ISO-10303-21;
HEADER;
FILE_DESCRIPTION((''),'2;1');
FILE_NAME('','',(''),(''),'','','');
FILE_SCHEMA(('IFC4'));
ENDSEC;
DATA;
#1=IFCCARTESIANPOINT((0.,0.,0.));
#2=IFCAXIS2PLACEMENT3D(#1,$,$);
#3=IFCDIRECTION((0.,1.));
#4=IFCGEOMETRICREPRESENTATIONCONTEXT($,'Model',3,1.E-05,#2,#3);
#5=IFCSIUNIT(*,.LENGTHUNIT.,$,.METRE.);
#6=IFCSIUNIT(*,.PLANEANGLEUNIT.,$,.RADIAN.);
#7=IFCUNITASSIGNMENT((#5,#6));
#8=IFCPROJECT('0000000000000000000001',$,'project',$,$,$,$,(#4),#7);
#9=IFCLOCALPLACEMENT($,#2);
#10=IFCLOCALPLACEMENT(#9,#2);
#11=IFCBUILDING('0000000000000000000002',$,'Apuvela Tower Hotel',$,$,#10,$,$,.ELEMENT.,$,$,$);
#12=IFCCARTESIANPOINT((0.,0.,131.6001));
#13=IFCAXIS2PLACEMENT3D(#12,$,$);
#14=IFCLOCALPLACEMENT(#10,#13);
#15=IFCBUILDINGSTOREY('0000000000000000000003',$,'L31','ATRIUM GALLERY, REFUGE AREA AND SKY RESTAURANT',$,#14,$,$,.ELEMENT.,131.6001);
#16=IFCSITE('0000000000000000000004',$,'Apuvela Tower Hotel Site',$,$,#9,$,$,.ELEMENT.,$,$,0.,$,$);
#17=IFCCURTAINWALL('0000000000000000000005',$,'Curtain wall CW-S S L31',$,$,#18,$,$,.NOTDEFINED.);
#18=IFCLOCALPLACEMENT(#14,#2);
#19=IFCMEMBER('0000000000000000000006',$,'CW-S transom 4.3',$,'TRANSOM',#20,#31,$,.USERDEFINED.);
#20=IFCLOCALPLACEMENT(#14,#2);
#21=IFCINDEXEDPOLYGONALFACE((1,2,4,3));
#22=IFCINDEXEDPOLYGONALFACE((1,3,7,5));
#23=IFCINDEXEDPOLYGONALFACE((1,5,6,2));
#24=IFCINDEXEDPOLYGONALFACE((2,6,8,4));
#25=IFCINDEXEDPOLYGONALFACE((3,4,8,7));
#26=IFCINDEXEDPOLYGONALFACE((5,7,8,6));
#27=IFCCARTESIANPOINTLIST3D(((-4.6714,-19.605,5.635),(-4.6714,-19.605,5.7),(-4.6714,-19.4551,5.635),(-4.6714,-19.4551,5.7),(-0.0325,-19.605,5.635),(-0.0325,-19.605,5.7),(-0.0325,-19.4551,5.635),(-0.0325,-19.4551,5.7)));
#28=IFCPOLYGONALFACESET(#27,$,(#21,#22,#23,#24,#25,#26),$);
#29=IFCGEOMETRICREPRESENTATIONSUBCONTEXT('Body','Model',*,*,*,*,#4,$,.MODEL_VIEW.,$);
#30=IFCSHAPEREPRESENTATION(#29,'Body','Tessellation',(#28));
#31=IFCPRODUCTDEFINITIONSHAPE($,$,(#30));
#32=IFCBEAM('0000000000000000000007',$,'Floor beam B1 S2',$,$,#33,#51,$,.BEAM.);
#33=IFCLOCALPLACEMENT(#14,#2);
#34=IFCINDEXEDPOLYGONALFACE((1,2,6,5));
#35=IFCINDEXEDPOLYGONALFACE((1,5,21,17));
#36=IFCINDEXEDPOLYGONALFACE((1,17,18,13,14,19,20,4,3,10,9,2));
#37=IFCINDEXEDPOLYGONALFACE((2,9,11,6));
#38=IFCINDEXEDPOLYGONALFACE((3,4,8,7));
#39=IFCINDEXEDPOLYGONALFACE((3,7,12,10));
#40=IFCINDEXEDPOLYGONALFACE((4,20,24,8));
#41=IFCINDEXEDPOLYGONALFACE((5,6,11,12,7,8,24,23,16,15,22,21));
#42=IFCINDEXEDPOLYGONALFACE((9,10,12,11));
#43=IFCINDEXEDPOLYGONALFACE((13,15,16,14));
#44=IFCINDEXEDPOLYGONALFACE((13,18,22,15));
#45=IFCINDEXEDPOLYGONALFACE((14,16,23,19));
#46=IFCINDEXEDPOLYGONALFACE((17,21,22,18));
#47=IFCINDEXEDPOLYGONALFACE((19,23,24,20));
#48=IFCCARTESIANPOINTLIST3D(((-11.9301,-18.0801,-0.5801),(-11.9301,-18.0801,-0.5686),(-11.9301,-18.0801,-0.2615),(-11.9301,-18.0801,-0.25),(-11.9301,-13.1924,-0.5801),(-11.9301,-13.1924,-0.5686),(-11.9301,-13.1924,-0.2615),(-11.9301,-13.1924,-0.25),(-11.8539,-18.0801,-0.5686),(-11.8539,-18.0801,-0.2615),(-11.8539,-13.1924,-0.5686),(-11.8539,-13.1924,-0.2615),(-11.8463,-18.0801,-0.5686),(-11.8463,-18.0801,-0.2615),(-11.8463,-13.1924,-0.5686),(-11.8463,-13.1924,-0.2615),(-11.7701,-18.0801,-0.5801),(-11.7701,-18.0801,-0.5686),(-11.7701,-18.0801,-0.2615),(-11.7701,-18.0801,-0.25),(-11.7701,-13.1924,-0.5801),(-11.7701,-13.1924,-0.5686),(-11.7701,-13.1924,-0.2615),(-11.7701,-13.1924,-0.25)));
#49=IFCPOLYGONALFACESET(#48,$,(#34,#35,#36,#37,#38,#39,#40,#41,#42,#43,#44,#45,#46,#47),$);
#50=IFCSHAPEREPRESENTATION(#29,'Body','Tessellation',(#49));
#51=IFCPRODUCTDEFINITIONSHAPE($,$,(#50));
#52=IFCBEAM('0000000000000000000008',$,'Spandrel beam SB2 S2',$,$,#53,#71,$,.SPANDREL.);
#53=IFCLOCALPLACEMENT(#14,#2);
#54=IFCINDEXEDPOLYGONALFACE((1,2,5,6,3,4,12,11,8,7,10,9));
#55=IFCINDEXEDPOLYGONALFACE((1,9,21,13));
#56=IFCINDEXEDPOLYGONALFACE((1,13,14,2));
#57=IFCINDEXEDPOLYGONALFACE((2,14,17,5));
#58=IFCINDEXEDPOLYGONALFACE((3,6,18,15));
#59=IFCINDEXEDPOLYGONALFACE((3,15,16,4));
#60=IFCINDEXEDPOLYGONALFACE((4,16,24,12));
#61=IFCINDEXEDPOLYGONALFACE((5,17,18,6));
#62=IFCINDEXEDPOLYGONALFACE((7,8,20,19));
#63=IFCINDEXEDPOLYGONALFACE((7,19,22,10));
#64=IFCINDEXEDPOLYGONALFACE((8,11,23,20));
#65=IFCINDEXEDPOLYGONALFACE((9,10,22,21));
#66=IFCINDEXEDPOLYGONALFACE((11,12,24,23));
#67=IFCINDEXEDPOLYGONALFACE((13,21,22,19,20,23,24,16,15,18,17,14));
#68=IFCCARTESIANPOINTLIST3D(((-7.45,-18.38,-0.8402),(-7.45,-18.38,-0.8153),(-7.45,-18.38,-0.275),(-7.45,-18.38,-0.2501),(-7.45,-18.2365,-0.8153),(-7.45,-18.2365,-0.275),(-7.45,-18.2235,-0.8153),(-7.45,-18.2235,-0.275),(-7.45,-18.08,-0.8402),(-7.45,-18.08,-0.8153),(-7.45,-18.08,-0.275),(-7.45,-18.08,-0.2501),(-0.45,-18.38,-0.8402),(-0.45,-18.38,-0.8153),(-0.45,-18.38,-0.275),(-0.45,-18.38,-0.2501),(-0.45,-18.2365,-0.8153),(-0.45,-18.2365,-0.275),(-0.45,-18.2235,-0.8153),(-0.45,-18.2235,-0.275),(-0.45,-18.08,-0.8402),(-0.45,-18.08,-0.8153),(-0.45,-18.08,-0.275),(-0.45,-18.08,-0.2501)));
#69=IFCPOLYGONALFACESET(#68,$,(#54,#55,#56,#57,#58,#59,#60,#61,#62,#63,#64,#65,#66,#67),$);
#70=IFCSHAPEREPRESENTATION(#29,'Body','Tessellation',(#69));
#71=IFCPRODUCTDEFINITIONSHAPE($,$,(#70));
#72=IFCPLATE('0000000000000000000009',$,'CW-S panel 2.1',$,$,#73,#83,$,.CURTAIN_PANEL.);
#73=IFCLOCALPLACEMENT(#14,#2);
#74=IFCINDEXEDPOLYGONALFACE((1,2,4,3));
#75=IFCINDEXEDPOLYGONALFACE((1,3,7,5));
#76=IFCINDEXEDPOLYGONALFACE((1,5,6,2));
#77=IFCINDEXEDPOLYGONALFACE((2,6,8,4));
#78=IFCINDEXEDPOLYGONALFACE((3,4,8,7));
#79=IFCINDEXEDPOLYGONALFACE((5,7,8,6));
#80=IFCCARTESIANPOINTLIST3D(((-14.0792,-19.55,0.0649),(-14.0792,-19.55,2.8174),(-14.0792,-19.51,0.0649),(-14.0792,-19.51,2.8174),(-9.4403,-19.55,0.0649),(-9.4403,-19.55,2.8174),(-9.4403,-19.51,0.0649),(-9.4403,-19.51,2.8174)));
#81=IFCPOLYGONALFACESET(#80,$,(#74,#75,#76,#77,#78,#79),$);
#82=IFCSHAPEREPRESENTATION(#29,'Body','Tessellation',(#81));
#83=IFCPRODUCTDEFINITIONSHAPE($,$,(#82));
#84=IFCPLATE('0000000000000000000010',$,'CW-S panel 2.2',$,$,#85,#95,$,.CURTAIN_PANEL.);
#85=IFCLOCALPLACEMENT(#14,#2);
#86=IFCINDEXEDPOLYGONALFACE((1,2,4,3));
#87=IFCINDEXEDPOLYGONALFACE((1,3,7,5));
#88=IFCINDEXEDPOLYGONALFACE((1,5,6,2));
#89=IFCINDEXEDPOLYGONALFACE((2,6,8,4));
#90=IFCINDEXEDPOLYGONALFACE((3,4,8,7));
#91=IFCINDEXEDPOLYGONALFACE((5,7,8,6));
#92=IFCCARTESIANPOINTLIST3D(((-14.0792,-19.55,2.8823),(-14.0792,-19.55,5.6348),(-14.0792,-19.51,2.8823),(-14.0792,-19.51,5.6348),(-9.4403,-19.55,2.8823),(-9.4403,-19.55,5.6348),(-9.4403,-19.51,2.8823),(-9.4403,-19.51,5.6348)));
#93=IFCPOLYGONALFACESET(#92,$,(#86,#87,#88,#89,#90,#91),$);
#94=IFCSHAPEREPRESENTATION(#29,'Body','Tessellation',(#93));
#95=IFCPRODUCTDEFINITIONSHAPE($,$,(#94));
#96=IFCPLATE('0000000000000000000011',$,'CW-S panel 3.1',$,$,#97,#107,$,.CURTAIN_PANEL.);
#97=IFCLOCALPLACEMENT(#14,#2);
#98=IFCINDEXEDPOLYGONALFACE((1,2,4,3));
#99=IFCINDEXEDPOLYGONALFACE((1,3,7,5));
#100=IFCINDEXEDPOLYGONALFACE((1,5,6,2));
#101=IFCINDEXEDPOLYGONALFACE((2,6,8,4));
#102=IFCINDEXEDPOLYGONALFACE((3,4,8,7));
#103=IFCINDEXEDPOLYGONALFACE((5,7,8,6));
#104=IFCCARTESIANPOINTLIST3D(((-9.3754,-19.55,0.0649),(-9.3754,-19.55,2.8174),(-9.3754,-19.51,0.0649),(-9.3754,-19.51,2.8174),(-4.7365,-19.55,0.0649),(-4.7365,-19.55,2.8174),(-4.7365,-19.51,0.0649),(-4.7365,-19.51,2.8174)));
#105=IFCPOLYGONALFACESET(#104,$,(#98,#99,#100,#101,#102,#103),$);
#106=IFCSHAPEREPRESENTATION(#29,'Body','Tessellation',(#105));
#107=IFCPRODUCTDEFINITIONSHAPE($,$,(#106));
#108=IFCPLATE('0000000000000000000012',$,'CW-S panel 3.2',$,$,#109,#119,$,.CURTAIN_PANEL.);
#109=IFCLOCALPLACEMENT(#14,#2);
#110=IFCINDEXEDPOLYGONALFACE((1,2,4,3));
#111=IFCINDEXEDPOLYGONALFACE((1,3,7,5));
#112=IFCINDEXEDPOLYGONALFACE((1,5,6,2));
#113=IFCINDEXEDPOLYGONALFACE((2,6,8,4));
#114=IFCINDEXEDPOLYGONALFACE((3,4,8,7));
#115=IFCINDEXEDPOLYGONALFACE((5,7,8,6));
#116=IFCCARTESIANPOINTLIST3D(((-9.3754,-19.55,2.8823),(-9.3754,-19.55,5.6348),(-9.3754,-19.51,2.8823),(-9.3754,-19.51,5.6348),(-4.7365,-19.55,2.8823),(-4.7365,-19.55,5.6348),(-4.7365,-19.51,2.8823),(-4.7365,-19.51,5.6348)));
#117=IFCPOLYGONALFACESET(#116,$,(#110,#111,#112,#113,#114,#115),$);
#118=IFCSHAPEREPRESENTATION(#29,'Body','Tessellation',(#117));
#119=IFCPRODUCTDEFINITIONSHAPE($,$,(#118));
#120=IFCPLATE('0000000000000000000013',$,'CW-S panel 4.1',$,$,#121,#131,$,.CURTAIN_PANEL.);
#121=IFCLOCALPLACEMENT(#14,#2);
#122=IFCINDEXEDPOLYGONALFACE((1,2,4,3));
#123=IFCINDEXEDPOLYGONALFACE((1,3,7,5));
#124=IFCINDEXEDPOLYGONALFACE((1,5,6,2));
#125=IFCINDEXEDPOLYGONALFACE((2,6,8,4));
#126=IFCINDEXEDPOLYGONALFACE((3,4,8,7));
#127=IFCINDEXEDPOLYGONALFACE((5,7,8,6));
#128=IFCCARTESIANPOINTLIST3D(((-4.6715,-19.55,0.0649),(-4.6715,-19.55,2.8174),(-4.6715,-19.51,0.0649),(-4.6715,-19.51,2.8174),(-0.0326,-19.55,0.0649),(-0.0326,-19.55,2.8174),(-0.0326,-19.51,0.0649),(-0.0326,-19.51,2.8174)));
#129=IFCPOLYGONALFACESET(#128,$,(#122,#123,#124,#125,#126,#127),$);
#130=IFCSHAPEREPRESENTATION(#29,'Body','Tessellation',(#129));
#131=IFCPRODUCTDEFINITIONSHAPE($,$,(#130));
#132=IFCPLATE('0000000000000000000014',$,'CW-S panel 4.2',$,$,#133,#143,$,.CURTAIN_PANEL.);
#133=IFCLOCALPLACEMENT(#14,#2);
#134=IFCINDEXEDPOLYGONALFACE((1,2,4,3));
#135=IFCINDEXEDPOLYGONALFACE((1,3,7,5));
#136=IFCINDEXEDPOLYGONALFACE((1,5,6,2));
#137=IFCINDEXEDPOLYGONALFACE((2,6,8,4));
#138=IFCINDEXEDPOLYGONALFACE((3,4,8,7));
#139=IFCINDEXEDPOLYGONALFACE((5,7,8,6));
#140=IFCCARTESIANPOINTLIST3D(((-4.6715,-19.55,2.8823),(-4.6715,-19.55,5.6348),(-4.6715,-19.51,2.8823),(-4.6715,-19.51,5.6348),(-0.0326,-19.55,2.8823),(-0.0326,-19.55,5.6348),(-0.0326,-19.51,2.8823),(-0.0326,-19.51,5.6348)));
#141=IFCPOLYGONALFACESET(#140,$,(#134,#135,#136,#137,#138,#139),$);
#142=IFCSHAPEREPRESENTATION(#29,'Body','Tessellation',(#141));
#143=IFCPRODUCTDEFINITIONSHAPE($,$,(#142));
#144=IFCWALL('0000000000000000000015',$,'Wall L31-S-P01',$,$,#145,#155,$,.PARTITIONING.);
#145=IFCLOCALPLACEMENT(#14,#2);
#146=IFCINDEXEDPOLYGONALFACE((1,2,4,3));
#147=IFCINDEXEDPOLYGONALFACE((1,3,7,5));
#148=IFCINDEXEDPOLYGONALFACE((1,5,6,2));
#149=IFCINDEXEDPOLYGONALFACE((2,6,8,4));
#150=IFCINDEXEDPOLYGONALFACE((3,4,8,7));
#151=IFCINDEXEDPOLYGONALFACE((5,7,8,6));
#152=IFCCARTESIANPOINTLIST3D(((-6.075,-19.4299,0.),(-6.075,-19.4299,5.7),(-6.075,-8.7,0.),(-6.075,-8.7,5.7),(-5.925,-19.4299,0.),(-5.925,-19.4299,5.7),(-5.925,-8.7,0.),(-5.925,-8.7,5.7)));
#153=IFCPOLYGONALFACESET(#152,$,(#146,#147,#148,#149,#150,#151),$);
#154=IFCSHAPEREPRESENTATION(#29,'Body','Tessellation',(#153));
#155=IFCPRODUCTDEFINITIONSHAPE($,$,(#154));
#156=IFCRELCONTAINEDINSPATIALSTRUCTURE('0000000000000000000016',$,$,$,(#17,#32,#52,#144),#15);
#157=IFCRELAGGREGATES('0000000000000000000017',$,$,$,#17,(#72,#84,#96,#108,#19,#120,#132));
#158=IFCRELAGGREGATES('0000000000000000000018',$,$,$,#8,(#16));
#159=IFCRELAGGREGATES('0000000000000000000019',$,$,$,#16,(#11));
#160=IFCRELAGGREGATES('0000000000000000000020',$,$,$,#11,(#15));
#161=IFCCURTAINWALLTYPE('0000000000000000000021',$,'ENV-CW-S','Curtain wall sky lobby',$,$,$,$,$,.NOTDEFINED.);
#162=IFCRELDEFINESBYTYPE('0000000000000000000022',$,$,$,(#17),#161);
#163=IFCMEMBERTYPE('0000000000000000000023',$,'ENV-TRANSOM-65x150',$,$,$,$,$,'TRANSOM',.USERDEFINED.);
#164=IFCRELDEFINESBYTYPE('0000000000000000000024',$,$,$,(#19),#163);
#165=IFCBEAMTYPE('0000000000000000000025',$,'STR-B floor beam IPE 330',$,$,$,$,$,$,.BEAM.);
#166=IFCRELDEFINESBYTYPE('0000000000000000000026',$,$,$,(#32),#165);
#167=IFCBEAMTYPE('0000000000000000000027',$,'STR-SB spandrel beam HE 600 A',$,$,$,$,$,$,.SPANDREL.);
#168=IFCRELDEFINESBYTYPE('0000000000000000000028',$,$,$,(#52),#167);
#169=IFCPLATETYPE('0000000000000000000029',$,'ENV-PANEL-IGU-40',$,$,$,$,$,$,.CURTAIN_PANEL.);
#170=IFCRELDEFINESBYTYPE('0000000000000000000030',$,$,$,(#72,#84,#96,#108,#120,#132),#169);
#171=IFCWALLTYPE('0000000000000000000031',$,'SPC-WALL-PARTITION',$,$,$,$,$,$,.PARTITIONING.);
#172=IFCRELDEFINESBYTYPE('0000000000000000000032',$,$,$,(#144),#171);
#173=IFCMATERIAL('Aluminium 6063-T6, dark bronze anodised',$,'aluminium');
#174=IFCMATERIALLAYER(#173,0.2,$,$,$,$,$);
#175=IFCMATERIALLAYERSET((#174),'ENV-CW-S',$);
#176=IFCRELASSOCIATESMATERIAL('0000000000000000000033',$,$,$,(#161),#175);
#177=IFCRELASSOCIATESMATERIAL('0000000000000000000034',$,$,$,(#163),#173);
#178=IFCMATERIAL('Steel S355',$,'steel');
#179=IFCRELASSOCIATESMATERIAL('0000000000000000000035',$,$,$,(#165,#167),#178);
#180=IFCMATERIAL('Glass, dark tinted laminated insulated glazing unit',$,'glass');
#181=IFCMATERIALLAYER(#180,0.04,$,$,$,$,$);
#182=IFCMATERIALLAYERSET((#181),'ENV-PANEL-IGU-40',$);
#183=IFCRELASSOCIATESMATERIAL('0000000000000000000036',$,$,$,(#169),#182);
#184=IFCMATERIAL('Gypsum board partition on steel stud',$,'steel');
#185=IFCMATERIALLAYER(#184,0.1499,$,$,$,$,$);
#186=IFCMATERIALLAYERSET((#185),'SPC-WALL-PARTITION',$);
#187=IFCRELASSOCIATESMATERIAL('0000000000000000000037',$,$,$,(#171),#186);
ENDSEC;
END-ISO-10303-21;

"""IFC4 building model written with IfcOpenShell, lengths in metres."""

from ifc_helpers import new_model, si_unit, direction, frame, frame_2d, origin, origin_2d, place, context, subcontext, project, spatial, rectangle, i_section, extrude, material, layer, layer_set, material_profile, profile_set, type_object, element, aggregate, save


model = new_model("IFC4")

# Units and contexts
model_context = context("Model", 3, precision=1e-05, world=origin(), true_north=direction((0.0, 1.0)))
body_context = subcontext(model_context, "Body", "Model", "MODEL_VIEW")
ifc_project = project(units=[si_unit("LENGTHUNIT", "METRE"), si_unit("PLANEANGLEUNIT", "RADIAN")], contexts=[model_context])

# Site, building, storey
site_placement = place(None, origin())
site = spatial("IfcSite", under=ifc_project, at=site_placement, Name="Apuvela Tower Hotel Site", CompositionType="ELEMENT", RefElevation=0.0)
building_placement = place(site_placement, origin())
building = spatial("IfcBuilding", under=site, at=building_placement, Name="Apuvela Tower Hotel", CompositionType="ELEMENT")
storey_placement = place(building_placement, frame((0.0, 0.0, 131.6001)))
storey = spatial("IfcBuildingStorey", under=building, at=storey_placement, Name="L31", Description="ATRIUM GALLERY, REFUGE AREA AND SKY RESTAURANT", CompositionType="ELEMENT", Elevation=131.6001)

# Curtain wall, member
ifc_material_1 = material(Name="Aluminium 6063-T6, dark bronze anodised", Category="aluminium")
ifc_layer_1 = layer(ifc_material_1, 0.2)
ifc_layer_set_1 = layer_set([ifc_layer_1], Name="ENV-CW-S")
curtain_wall_type = type_object("IfcCurtainWallType", Name="ENV-CW-S", Description="Curtain wall sky lobby", PredefinedType="NOTDEFINED", material=ifc_layer_set_1)
curtain_wall_placement = place(storey_placement, origin())
curtain_wall = element("IfcCurtainWall", 1, at=curtain_wall_placement, inside=storey, type_object=curtain_wall_type, Name="Curtain wall CW-S S L31", PredefinedType="NOTDEFINED")
ifc_material_profile_1 = material_profile(ifc_material_1, rectangle(XDim=0.1499, YDim=0.0649, at=origin_2d()), Name="AL 65x150 transom")
ifc_profile_set_1 = profile_set([ifc_material_profile_1], Name="Aluminium 6063-T6, dark bronze anodised")
member_type_1 = type_object("IfcMemberType", Name="ENV-TRANSOM-65x150", ElementType="TRANSOM", PredefinedType="USERDEFINED", material=ifc_profile_set_1)
member_1_placement = place(storey_placement, frame((-4.6714, -19.53, 5.6675), z_axis=(1.0, 0.0, 0.0), x_axis=(0.0, 1.0, 0.0)))
member_1 = element("IfcMember", 2, at=member_1_placement, type_object=member_type_1, Name="CW-S transom 4.3", ObjectType="TRANSOM", PredefinedType="USERDEFINED", context=body_context, shape_type="SweptSolid", body=[
    extrude(rectangle(XDim=0.1499, YDim=0.0649, at=origin_2d()), origin(), (0.0, 0.0, 1.0), 4.6389),
])

# Beams
ifc_material_2 = material(Name="Steel S355", Category="steel")
ifc_material_profile_2 = material_profile(ifc_material_2, i_section(OverallWidth=0.1599, OverallDepth=0.3301, WebThickness=0.0076, FlangeThickness=0.0115, at=origin_2d()), Name="IPE 330")
ifc_profile_set_2 = profile_set([ifc_material_profile_2], Name="Steel S355")
beam_type_1 = type_object("IfcBeamType", Name="STR-B floor beam IPE 330", PredefinedType="BEAM", material=ifc_profile_set_2)
beam_1_placement = place(storey_placement, frame((-11.8501, -18.0801, -0.415), z_axis=(0.0, 1.0, 0.0), x_axis=(-1.0, 0.0, 0.0)))
element("IfcBeam", 3, at=beam_1_placement, inside=storey, type_object=beam_type_1, Name="Floor beam B1 S2", PredefinedType="BEAM", context=body_context, shape_type="SweptSolid", body=[
    extrude(i_section(OverallWidth=0.1599, OverallDepth=0.3301, WebThickness=0.0076, FlangeThickness=0.0115, at=origin_2d()), origin(), (0.0, 0.0, 1.0), 4.8877),
])
ifc_material_profile_3 = material_profile(ifc_material_2, i_section(OverallWidth=0.3, OverallDepth=0.5901, WebThickness=0.0129, FlangeThickness=0.0249, at=origin_2d()), Name="HE 600 A")
ifc_profile_set_3 = profile_set([ifc_material_profile_3], Name="Steel S355")
beam_type_2 = type_object("IfcBeamType", Name="STR-SB spandrel beam HE 600 A", PredefinedType="SPANDREL", material=ifc_profile_set_3)
beam_2_placement = place(storey_placement, frame((-7.45, -18.23, -0.5452), z_axis=(1.0, 0.0, 0.0), x_axis=(0.0, 1.0, 0.0)))
element("IfcBeam", 4, at=beam_2_placement, inside=storey, type_object=beam_type_2, Name="Spandrel beam SB2 S2", PredefinedType="SPANDREL", context=body_context, shape_type="SweptSolid", body=[
    extrude(i_section(OverallWidth=0.3, OverallDepth=0.5901, WebThickness=0.0129, FlangeThickness=0.0249, at=origin_2d()), origin(), (0.0, 0.0, 1.0), 7.0),
])

# Plates
ifc_material_3 = material(Name="Glass, dark tinted laminated insulated glazing unit", Category="glass")
ifc_layer_2 = layer(ifc_material_3, 0.04)
ifc_layer_set_2 = layer_set([ifc_layer_2], Name="ENV-PANEL-IGU-40")
plate_type = type_object("IfcPlateType", Name="ENV-PANEL-IGU-40", PredefinedType="CURTAIN_PANEL", material=ifc_layer_set_2)
plate_1_placement = place(storey_placement, frame((-11.7598, -19.53, 0.0649), z_axis=(0.0, 0.0, 1.0), x_axis=(1.0, 0.0, 0.0)))
plate_1 = element("IfcPlate", 5, at=plate_1_placement, type_object=plate_type, Name="CW-S panel 2.1", PredefinedType="CURTAIN_PANEL", context=body_context, shape_type="SweptSolid", body=[
    extrude(rectangle(XDim=4.6389, YDim=0.04, at=origin_2d()), origin(), (0.0, 0.0, 1.0), 2.7524),
])
plate_2_placement = place(storey_placement, frame((-11.7598, -19.53, 2.8823), z_axis=(0.0, 0.0, 1.0), x_axis=(1.0, 0.0, 0.0)))
plate_2 = element("IfcPlate", 6, at=plate_2_placement, type_object=plate_type, Name="CW-S panel 2.2", PredefinedType="CURTAIN_PANEL", context=body_context, shape_type="SweptSolid", body=[
    extrude(rectangle(XDim=4.6389, YDim=0.04, at=origin_2d()), origin(), (0.0, 0.0, 1.0), 2.7524),
])
plate_3_placement = place(storey_placement, frame((-7.0559, -19.53, 0.0649), z_axis=(0.0, 0.0, 1.0), x_axis=(1.0, 0.0, 0.0)))
plate_3 = element("IfcPlate", 7, at=plate_3_placement, type_object=plate_type, Name="CW-S panel 3.1", PredefinedType="CURTAIN_PANEL", context=body_context, shape_type="SweptSolid", body=[
    extrude(rectangle(XDim=4.6389, YDim=0.04, at=origin_2d()), origin(), (0.0, 0.0, 1.0), 2.7524),
])
plate_4_placement = place(storey_placement, frame((-7.0559, -19.53, 2.8823), z_axis=(0.0, 0.0, 1.0), x_axis=(1.0, 0.0, 0.0)))
plate_4 = element("IfcPlate", 8, at=plate_4_placement, type_object=plate_type, Name="CW-S panel 3.2", PredefinedType="CURTAIN_PANEL", context=body_context, shape_type="SweptSolid", body=[
    extrude(rectangle(XDim=4.6389, YDim=0.04, at=origin_2d()), origin(), (0.0, 0.0, 1.0), 2.7524),
])
plate_5_placement = place(storey_placement, frame((-2.3521, -19.53, 0.0649), z_axis=(0.0, 0.0, 1.0), x_axis=(1.0, 0.0, 0.0)))
plate_5 = element("IfcPlate", 9, at=plate_5_placement, type_object=plate_type, Name="CW-S panel 4.1", PredefinedType="CURTAIN_PANEL", context=body_context, shape_type="SweptSolid", body=[
    extrude(rectangle(XDim=4.6389, YDim=0.04, at=origin_2d()), origin(), (0.0, 0.0, 1.0), 2.7524),
])
plate_6_placement = place(storey_placement, frame((-2.3521, -19.53, 2.8823), z_axis=(0.0, 0.0, 1.0), x_axis=(1.0, 0.0, 0.0)))
plate_6 = element("IfcPlate", 10, at=plate_6_placement, type_object=plate_type, Name="CW-S panel 4.2", PredefinedType="CURTAIN_PANEL", context=body_context, shape_type="SweptSolid", body=[
    extrude(rectangle(XDim=4.6389, YDim=0.04, at=origin_2d()), origin(), (0.0, 0.0, 1.0), 2.7524),
])
aggregate(curtain_wall, [plate_1, plate_2, plate_3, plate_4, member_1, plate_5, plate_6])

# Wall
ifc_material_4 = material(Name="Gypsum board partition on steel stud", Category="steel")
ifc_layer_3 = layer(ifc_material_4, 0.1499)
ifc_layer_set_3 = layer_set([ifc_layer_3], Name="SPC-WALL-PARTITION")
wall_type = type_object("IfcWallType", Name="SPC-WALL-PARTITION", PredefinedType="PARTITIONING", material=ifc_layer_set_3)
wall_placement = place(storey_placement, frame((-6.0, -19.4299, 0.0), z_axis=(0.0, 0.0, 1.0), x_axis=(0.0, 1.0, 0.0)))
element("IfcWall", 11, at=wall_placement, inside=storey, type_object=wall_type, Name="Wall L31-S-P01", PredefinedType="PARTITIONING", context=body_context, shape_type="SweptSolid", body=[
    extrude(rectangle(XDim=10.73, YDim=0.1499, at=frame_2d((5.365, 0.0))), origin(), (0.0, 0.0, 1.0), 5.7),
])

save(model, "model.ifc")
